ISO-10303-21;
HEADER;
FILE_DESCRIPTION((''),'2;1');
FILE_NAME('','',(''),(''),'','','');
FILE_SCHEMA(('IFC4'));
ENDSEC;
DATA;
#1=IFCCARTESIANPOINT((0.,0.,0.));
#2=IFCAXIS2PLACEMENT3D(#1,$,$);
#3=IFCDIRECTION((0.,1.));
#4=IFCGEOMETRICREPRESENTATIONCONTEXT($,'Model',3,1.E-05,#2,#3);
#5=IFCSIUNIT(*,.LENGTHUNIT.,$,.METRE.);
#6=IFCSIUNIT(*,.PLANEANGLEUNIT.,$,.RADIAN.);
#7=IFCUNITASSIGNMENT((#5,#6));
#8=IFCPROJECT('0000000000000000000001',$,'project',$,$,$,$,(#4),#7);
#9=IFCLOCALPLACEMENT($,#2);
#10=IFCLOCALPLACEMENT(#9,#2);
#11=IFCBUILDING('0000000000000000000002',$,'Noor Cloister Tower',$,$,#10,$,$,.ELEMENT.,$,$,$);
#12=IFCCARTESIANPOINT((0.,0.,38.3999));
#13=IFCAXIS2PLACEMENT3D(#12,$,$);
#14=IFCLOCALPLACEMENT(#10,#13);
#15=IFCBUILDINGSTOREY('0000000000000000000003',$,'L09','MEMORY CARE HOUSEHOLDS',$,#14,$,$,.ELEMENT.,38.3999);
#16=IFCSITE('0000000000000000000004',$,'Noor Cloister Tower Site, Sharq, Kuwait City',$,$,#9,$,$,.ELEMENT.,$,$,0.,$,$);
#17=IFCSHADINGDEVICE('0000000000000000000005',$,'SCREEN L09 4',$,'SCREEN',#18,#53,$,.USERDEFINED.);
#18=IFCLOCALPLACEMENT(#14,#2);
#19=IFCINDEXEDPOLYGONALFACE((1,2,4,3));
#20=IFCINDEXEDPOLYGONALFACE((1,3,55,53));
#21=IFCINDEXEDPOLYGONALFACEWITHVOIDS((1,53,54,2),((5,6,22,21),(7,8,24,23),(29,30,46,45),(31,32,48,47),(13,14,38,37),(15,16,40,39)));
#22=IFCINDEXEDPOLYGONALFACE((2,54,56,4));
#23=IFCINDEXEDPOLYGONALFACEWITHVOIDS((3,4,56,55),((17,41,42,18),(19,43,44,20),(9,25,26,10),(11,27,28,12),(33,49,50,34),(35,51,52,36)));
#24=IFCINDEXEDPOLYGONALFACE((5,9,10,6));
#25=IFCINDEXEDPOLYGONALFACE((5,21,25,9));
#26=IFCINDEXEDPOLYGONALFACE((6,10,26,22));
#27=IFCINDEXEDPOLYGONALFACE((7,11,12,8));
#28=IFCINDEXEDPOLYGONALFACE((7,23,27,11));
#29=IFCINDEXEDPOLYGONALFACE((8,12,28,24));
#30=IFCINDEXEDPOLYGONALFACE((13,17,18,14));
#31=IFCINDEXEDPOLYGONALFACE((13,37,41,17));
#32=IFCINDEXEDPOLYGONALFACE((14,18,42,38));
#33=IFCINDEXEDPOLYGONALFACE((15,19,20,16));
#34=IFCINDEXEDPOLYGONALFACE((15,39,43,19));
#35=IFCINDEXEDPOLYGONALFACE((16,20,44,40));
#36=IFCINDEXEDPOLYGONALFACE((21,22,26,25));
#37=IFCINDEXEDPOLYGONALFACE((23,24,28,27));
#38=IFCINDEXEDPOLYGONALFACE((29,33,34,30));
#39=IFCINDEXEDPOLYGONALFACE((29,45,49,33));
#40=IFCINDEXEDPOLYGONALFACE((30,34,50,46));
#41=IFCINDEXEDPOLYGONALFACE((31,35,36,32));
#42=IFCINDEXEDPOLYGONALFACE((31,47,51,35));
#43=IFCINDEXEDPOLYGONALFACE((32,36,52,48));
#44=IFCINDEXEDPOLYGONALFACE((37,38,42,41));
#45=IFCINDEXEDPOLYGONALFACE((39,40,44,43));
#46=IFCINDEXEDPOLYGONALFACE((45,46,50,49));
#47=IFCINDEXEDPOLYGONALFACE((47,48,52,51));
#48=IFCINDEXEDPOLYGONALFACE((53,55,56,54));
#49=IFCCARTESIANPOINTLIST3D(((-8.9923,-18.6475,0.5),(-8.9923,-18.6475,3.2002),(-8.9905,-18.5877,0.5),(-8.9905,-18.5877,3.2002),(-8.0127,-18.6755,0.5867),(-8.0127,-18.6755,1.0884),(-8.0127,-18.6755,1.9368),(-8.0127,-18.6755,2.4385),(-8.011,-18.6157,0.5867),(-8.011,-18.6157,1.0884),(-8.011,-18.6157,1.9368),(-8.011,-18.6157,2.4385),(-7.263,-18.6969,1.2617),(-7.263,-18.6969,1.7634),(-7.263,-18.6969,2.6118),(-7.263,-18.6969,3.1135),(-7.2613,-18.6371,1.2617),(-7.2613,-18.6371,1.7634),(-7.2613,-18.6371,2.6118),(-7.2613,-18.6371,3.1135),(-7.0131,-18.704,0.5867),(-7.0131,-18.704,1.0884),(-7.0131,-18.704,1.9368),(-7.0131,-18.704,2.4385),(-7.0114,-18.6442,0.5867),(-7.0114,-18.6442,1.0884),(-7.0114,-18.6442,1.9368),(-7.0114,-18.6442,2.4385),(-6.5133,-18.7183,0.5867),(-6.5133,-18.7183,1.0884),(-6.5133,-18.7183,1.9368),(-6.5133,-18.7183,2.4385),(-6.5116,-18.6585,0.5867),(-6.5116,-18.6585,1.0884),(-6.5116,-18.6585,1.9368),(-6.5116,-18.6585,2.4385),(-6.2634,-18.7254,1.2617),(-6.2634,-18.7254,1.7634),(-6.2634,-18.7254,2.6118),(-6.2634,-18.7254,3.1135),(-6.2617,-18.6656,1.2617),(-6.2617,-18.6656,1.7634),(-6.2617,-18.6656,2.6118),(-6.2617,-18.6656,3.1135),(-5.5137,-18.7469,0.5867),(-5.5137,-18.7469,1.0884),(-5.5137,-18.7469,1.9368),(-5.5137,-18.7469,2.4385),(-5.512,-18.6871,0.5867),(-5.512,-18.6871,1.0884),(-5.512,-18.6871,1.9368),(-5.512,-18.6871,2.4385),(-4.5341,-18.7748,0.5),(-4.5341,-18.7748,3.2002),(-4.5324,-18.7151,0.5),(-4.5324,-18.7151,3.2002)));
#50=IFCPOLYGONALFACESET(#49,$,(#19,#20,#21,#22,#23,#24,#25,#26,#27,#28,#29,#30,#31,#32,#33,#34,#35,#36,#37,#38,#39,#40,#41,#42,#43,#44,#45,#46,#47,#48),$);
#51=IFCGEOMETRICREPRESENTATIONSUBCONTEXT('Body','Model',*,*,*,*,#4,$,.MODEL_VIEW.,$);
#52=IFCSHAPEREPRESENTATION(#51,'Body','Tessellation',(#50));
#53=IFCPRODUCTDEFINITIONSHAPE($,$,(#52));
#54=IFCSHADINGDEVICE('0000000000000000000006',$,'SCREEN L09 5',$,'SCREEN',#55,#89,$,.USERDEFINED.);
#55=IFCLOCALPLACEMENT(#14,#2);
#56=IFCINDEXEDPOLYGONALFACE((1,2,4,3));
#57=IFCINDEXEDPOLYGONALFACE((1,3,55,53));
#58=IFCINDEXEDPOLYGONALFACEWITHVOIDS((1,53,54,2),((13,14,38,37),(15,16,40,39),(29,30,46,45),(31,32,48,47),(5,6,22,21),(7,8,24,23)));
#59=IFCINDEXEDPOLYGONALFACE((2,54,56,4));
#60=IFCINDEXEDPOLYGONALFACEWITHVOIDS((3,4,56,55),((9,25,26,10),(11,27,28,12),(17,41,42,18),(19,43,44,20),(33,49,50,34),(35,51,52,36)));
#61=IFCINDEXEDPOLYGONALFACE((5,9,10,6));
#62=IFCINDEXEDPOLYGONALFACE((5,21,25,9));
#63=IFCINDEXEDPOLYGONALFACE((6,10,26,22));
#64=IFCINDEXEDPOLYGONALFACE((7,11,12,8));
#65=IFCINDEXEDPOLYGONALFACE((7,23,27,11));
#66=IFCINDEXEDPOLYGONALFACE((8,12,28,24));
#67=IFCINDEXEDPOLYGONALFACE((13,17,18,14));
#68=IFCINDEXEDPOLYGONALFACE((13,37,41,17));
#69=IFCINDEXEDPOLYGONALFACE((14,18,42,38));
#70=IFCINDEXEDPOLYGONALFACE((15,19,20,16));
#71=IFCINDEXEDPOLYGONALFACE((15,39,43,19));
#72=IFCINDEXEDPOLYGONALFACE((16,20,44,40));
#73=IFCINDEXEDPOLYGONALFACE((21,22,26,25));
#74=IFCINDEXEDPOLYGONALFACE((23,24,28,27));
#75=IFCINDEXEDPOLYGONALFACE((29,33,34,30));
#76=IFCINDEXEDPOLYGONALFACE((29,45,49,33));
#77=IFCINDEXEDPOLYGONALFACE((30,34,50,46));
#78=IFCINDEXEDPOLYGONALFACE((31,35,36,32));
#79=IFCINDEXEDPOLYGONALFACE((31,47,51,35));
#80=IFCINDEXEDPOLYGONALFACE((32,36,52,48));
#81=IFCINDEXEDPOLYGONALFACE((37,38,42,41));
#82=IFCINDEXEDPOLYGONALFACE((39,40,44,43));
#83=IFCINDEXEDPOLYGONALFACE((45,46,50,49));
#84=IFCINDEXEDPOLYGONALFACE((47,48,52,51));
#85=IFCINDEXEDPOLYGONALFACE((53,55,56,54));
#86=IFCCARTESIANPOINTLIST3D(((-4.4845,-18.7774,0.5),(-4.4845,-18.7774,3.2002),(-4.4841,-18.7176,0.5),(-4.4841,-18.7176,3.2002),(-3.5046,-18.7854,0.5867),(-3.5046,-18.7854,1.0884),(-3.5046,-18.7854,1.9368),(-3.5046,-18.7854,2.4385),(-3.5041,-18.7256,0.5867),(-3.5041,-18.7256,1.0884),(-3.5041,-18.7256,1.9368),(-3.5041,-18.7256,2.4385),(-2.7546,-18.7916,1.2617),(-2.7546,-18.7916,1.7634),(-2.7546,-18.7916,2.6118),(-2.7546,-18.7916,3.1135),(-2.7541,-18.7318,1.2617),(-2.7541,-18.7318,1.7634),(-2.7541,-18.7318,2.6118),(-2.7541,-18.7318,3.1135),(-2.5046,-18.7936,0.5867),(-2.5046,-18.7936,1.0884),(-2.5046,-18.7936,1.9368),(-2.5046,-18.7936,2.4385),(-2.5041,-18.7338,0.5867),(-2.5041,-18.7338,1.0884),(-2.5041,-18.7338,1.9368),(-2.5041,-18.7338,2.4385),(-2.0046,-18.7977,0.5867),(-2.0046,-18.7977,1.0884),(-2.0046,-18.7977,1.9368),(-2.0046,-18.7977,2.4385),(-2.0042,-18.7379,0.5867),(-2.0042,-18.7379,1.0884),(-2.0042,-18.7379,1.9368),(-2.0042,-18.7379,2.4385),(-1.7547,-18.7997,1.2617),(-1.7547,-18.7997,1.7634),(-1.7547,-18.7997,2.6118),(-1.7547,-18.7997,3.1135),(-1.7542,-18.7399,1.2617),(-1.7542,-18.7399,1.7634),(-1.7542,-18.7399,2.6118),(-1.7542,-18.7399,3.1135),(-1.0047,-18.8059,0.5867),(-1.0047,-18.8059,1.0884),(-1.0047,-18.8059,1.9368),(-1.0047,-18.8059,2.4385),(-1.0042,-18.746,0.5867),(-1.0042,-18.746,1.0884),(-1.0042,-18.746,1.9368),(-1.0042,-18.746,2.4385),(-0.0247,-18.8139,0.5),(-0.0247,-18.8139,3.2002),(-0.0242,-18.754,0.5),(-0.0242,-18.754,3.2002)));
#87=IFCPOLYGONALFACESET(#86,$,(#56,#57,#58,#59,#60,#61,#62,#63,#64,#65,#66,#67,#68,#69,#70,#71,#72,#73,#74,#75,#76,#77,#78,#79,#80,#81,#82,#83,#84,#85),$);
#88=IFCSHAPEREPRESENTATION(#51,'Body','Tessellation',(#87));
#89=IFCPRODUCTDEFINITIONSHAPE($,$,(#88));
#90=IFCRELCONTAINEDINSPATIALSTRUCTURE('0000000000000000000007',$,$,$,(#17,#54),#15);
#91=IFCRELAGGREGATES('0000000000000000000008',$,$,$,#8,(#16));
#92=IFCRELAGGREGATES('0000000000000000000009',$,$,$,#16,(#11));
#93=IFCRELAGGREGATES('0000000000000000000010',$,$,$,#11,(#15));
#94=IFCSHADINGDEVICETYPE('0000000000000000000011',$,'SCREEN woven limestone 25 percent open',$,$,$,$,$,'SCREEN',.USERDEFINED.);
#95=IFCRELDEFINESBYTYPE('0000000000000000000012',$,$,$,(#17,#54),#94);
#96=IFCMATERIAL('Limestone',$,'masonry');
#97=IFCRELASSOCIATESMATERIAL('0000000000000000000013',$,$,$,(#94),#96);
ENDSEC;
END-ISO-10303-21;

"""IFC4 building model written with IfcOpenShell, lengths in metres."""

from ifc_helpers import new_model, si_unit, direction, frame, origin, place, context, subcontext, project, spatial, polyline, outline, extrude, material, material_profile, profile_set, type_object, element, save


model = new_model("IFC4")

# Units and contexts
model_context = context("Model", 3, precision=1e-05, world=origin(), true_north=direction((0.0, 1.0)))
body_context = subcontext(model_context, "Body", "Model", "MODEL_VIEW")
ifc_project = project(units=[si_unit("LENGTHUNIT", "METRE"), si_unit("PLANEANGLEUNIT", "RADIAN")], contexts=[model_context])

# Site, building, storey
site_placement = place(None, origin())
site = spatial("IfcSite", under=ifc_project, at=site_placement, Name="Noor Cloister Tower Site, Sharq, Kuwait City", CompositionType="ELEMENT", RefElevation=0.0)
building_placement = place(site_placement, origin())
building = spatial("IfcBuilding", under=site, at=building_placement, Name="Noor Cloister Tower", CompositionType="ELEMENT")
storey_placement = place(building_placement, frame((0.0, 0.0, 38.3999)))
storey = spatial("IfcBuildingStorey", under=building, at=storey_placement, Name="L09", Description="MEMORY CARE HOUSEHOLDS", CompositionType="ELEMENT", Elevation=38.3999)

# Shading devices
ifc_material_1 = material(Name="Limestone", Category="masonry")
ifc_material_profile_1 = material_profile(ifc_material_1, outline(polyline([(-2.23, -1.3501), (2.23, -1.3501), (2.23, 1.3501), (-2.23, 1.3501), (-2.23, -1.3501)]), holes=[polyline([(-1.25, -1.2634), (-0.25, -1.2634), (-0.25, -0.7617), (-1.25, -0.7617), (-1.25, -1.2634)]), polyline([(0.25, -1.2634), (1.25, -1.2634), (1.25, -0.7617), (0.25, -0.7617), (0.25, -1.2634)]), polyline([(-0.5, -0.5884), (0.5, -0.5884), (0.5, -0.0867), (-0.5, -0.0867), (-0.5, -0.5884)]), polyline([(-1.25, 0.0867), (-0.25, 0.0867), (-0.25, 0.5884), (-1.25, 0.5884), (-1.25, 0.0867)]), polyline([(0.25, 0.0867), (1.25, 0.0867), (1.25, 0.5884), (0.25, 0.5884), (0.25, 0.0867)]), polyline([(-0.5, 0.7617), (0.5, 0.7617), (0.5, 1.2634), (-0.5, 1.2634), (-0.5, 0.7617)])]), Name="Woven screen 25 percent open")
ifc_profile_set_1 = profile_set([ifc_material_profile_1], Name="Limestone")
shading_device_type = type_object("IfcShadingDeviceType", Name="SCREEN woven limestone 25 percent open", ElementType="SCREEN", PredefinedType="USERDEFINED", material=ifc_profile_set_1)
for number, where, z_axis, x_axis, name in (
    (1, (-6.7615, -18.6514, 1.8501), (-0.02856, -0.999592, 0.0), (0.999592, -0.02856, 0.0), "SCREEN L09 4"),
    (2, (-2.2542, -18.7358, 1.8501), (-0.008163, -0.999967, 0.0), (0.999967, -0.008163, 0.0), "SCREEN L09 5"),
):
    element("IfcShadingDevice", number, at=place(storey_placement, frame(where, z_axis=z_axis, x_axis=x_axis)), inside=storey, type_object=shading_device_type, Name=name, ObjectType="SCREEN", PredefinedType="USERDEFINED", context=body_context, shape_type="SweptSolid", body=[
        extrude(outline(polyline([(-2.23, -1.3501), (2.23, -1.3501), (2.23, 1.3501), (-2.23, 1.3501), (-2.23, -1.3501)]), holes=[polyline([(-1.25, -1.2634), (-0.25, -1.2634), (-0.25, -0.7617), (-1.25, -0.7617), (-1.25, -1.2634)]), polyline([(0.25, -1.2634), (1.25, -1.2634), (1.25, -0.7617), (0.25, -0.7617), (0.25, -1.2634)]), polyline([(-0.5, -0.5884), (0.5, -0.5884), (0.5, -0.0867), (-0.5, -0.0867), (-0.5, -0.5884)]), polyline([(-1.25, 0.0867), (-0.25, 0.0867), (-0.25, 0.5884), (-1.25, 0.5884), (-1.25, 0.0867)]), polyline([(0.25, 0.0867), (1.25, 0.0867), (1.25, 0.5884), (0.25, 0.5884), (0.25, 0.0867)]), polyline([(-0.5, 0.7617), (0.5, 0.7617), (0.5, 1.2634), (-0.5, 1.2634), (-0.5, 0.7617)])]), origin(), (0.0, 0.0, 1.0), 0.0598),
    ])

save(model, "model.ifc")
